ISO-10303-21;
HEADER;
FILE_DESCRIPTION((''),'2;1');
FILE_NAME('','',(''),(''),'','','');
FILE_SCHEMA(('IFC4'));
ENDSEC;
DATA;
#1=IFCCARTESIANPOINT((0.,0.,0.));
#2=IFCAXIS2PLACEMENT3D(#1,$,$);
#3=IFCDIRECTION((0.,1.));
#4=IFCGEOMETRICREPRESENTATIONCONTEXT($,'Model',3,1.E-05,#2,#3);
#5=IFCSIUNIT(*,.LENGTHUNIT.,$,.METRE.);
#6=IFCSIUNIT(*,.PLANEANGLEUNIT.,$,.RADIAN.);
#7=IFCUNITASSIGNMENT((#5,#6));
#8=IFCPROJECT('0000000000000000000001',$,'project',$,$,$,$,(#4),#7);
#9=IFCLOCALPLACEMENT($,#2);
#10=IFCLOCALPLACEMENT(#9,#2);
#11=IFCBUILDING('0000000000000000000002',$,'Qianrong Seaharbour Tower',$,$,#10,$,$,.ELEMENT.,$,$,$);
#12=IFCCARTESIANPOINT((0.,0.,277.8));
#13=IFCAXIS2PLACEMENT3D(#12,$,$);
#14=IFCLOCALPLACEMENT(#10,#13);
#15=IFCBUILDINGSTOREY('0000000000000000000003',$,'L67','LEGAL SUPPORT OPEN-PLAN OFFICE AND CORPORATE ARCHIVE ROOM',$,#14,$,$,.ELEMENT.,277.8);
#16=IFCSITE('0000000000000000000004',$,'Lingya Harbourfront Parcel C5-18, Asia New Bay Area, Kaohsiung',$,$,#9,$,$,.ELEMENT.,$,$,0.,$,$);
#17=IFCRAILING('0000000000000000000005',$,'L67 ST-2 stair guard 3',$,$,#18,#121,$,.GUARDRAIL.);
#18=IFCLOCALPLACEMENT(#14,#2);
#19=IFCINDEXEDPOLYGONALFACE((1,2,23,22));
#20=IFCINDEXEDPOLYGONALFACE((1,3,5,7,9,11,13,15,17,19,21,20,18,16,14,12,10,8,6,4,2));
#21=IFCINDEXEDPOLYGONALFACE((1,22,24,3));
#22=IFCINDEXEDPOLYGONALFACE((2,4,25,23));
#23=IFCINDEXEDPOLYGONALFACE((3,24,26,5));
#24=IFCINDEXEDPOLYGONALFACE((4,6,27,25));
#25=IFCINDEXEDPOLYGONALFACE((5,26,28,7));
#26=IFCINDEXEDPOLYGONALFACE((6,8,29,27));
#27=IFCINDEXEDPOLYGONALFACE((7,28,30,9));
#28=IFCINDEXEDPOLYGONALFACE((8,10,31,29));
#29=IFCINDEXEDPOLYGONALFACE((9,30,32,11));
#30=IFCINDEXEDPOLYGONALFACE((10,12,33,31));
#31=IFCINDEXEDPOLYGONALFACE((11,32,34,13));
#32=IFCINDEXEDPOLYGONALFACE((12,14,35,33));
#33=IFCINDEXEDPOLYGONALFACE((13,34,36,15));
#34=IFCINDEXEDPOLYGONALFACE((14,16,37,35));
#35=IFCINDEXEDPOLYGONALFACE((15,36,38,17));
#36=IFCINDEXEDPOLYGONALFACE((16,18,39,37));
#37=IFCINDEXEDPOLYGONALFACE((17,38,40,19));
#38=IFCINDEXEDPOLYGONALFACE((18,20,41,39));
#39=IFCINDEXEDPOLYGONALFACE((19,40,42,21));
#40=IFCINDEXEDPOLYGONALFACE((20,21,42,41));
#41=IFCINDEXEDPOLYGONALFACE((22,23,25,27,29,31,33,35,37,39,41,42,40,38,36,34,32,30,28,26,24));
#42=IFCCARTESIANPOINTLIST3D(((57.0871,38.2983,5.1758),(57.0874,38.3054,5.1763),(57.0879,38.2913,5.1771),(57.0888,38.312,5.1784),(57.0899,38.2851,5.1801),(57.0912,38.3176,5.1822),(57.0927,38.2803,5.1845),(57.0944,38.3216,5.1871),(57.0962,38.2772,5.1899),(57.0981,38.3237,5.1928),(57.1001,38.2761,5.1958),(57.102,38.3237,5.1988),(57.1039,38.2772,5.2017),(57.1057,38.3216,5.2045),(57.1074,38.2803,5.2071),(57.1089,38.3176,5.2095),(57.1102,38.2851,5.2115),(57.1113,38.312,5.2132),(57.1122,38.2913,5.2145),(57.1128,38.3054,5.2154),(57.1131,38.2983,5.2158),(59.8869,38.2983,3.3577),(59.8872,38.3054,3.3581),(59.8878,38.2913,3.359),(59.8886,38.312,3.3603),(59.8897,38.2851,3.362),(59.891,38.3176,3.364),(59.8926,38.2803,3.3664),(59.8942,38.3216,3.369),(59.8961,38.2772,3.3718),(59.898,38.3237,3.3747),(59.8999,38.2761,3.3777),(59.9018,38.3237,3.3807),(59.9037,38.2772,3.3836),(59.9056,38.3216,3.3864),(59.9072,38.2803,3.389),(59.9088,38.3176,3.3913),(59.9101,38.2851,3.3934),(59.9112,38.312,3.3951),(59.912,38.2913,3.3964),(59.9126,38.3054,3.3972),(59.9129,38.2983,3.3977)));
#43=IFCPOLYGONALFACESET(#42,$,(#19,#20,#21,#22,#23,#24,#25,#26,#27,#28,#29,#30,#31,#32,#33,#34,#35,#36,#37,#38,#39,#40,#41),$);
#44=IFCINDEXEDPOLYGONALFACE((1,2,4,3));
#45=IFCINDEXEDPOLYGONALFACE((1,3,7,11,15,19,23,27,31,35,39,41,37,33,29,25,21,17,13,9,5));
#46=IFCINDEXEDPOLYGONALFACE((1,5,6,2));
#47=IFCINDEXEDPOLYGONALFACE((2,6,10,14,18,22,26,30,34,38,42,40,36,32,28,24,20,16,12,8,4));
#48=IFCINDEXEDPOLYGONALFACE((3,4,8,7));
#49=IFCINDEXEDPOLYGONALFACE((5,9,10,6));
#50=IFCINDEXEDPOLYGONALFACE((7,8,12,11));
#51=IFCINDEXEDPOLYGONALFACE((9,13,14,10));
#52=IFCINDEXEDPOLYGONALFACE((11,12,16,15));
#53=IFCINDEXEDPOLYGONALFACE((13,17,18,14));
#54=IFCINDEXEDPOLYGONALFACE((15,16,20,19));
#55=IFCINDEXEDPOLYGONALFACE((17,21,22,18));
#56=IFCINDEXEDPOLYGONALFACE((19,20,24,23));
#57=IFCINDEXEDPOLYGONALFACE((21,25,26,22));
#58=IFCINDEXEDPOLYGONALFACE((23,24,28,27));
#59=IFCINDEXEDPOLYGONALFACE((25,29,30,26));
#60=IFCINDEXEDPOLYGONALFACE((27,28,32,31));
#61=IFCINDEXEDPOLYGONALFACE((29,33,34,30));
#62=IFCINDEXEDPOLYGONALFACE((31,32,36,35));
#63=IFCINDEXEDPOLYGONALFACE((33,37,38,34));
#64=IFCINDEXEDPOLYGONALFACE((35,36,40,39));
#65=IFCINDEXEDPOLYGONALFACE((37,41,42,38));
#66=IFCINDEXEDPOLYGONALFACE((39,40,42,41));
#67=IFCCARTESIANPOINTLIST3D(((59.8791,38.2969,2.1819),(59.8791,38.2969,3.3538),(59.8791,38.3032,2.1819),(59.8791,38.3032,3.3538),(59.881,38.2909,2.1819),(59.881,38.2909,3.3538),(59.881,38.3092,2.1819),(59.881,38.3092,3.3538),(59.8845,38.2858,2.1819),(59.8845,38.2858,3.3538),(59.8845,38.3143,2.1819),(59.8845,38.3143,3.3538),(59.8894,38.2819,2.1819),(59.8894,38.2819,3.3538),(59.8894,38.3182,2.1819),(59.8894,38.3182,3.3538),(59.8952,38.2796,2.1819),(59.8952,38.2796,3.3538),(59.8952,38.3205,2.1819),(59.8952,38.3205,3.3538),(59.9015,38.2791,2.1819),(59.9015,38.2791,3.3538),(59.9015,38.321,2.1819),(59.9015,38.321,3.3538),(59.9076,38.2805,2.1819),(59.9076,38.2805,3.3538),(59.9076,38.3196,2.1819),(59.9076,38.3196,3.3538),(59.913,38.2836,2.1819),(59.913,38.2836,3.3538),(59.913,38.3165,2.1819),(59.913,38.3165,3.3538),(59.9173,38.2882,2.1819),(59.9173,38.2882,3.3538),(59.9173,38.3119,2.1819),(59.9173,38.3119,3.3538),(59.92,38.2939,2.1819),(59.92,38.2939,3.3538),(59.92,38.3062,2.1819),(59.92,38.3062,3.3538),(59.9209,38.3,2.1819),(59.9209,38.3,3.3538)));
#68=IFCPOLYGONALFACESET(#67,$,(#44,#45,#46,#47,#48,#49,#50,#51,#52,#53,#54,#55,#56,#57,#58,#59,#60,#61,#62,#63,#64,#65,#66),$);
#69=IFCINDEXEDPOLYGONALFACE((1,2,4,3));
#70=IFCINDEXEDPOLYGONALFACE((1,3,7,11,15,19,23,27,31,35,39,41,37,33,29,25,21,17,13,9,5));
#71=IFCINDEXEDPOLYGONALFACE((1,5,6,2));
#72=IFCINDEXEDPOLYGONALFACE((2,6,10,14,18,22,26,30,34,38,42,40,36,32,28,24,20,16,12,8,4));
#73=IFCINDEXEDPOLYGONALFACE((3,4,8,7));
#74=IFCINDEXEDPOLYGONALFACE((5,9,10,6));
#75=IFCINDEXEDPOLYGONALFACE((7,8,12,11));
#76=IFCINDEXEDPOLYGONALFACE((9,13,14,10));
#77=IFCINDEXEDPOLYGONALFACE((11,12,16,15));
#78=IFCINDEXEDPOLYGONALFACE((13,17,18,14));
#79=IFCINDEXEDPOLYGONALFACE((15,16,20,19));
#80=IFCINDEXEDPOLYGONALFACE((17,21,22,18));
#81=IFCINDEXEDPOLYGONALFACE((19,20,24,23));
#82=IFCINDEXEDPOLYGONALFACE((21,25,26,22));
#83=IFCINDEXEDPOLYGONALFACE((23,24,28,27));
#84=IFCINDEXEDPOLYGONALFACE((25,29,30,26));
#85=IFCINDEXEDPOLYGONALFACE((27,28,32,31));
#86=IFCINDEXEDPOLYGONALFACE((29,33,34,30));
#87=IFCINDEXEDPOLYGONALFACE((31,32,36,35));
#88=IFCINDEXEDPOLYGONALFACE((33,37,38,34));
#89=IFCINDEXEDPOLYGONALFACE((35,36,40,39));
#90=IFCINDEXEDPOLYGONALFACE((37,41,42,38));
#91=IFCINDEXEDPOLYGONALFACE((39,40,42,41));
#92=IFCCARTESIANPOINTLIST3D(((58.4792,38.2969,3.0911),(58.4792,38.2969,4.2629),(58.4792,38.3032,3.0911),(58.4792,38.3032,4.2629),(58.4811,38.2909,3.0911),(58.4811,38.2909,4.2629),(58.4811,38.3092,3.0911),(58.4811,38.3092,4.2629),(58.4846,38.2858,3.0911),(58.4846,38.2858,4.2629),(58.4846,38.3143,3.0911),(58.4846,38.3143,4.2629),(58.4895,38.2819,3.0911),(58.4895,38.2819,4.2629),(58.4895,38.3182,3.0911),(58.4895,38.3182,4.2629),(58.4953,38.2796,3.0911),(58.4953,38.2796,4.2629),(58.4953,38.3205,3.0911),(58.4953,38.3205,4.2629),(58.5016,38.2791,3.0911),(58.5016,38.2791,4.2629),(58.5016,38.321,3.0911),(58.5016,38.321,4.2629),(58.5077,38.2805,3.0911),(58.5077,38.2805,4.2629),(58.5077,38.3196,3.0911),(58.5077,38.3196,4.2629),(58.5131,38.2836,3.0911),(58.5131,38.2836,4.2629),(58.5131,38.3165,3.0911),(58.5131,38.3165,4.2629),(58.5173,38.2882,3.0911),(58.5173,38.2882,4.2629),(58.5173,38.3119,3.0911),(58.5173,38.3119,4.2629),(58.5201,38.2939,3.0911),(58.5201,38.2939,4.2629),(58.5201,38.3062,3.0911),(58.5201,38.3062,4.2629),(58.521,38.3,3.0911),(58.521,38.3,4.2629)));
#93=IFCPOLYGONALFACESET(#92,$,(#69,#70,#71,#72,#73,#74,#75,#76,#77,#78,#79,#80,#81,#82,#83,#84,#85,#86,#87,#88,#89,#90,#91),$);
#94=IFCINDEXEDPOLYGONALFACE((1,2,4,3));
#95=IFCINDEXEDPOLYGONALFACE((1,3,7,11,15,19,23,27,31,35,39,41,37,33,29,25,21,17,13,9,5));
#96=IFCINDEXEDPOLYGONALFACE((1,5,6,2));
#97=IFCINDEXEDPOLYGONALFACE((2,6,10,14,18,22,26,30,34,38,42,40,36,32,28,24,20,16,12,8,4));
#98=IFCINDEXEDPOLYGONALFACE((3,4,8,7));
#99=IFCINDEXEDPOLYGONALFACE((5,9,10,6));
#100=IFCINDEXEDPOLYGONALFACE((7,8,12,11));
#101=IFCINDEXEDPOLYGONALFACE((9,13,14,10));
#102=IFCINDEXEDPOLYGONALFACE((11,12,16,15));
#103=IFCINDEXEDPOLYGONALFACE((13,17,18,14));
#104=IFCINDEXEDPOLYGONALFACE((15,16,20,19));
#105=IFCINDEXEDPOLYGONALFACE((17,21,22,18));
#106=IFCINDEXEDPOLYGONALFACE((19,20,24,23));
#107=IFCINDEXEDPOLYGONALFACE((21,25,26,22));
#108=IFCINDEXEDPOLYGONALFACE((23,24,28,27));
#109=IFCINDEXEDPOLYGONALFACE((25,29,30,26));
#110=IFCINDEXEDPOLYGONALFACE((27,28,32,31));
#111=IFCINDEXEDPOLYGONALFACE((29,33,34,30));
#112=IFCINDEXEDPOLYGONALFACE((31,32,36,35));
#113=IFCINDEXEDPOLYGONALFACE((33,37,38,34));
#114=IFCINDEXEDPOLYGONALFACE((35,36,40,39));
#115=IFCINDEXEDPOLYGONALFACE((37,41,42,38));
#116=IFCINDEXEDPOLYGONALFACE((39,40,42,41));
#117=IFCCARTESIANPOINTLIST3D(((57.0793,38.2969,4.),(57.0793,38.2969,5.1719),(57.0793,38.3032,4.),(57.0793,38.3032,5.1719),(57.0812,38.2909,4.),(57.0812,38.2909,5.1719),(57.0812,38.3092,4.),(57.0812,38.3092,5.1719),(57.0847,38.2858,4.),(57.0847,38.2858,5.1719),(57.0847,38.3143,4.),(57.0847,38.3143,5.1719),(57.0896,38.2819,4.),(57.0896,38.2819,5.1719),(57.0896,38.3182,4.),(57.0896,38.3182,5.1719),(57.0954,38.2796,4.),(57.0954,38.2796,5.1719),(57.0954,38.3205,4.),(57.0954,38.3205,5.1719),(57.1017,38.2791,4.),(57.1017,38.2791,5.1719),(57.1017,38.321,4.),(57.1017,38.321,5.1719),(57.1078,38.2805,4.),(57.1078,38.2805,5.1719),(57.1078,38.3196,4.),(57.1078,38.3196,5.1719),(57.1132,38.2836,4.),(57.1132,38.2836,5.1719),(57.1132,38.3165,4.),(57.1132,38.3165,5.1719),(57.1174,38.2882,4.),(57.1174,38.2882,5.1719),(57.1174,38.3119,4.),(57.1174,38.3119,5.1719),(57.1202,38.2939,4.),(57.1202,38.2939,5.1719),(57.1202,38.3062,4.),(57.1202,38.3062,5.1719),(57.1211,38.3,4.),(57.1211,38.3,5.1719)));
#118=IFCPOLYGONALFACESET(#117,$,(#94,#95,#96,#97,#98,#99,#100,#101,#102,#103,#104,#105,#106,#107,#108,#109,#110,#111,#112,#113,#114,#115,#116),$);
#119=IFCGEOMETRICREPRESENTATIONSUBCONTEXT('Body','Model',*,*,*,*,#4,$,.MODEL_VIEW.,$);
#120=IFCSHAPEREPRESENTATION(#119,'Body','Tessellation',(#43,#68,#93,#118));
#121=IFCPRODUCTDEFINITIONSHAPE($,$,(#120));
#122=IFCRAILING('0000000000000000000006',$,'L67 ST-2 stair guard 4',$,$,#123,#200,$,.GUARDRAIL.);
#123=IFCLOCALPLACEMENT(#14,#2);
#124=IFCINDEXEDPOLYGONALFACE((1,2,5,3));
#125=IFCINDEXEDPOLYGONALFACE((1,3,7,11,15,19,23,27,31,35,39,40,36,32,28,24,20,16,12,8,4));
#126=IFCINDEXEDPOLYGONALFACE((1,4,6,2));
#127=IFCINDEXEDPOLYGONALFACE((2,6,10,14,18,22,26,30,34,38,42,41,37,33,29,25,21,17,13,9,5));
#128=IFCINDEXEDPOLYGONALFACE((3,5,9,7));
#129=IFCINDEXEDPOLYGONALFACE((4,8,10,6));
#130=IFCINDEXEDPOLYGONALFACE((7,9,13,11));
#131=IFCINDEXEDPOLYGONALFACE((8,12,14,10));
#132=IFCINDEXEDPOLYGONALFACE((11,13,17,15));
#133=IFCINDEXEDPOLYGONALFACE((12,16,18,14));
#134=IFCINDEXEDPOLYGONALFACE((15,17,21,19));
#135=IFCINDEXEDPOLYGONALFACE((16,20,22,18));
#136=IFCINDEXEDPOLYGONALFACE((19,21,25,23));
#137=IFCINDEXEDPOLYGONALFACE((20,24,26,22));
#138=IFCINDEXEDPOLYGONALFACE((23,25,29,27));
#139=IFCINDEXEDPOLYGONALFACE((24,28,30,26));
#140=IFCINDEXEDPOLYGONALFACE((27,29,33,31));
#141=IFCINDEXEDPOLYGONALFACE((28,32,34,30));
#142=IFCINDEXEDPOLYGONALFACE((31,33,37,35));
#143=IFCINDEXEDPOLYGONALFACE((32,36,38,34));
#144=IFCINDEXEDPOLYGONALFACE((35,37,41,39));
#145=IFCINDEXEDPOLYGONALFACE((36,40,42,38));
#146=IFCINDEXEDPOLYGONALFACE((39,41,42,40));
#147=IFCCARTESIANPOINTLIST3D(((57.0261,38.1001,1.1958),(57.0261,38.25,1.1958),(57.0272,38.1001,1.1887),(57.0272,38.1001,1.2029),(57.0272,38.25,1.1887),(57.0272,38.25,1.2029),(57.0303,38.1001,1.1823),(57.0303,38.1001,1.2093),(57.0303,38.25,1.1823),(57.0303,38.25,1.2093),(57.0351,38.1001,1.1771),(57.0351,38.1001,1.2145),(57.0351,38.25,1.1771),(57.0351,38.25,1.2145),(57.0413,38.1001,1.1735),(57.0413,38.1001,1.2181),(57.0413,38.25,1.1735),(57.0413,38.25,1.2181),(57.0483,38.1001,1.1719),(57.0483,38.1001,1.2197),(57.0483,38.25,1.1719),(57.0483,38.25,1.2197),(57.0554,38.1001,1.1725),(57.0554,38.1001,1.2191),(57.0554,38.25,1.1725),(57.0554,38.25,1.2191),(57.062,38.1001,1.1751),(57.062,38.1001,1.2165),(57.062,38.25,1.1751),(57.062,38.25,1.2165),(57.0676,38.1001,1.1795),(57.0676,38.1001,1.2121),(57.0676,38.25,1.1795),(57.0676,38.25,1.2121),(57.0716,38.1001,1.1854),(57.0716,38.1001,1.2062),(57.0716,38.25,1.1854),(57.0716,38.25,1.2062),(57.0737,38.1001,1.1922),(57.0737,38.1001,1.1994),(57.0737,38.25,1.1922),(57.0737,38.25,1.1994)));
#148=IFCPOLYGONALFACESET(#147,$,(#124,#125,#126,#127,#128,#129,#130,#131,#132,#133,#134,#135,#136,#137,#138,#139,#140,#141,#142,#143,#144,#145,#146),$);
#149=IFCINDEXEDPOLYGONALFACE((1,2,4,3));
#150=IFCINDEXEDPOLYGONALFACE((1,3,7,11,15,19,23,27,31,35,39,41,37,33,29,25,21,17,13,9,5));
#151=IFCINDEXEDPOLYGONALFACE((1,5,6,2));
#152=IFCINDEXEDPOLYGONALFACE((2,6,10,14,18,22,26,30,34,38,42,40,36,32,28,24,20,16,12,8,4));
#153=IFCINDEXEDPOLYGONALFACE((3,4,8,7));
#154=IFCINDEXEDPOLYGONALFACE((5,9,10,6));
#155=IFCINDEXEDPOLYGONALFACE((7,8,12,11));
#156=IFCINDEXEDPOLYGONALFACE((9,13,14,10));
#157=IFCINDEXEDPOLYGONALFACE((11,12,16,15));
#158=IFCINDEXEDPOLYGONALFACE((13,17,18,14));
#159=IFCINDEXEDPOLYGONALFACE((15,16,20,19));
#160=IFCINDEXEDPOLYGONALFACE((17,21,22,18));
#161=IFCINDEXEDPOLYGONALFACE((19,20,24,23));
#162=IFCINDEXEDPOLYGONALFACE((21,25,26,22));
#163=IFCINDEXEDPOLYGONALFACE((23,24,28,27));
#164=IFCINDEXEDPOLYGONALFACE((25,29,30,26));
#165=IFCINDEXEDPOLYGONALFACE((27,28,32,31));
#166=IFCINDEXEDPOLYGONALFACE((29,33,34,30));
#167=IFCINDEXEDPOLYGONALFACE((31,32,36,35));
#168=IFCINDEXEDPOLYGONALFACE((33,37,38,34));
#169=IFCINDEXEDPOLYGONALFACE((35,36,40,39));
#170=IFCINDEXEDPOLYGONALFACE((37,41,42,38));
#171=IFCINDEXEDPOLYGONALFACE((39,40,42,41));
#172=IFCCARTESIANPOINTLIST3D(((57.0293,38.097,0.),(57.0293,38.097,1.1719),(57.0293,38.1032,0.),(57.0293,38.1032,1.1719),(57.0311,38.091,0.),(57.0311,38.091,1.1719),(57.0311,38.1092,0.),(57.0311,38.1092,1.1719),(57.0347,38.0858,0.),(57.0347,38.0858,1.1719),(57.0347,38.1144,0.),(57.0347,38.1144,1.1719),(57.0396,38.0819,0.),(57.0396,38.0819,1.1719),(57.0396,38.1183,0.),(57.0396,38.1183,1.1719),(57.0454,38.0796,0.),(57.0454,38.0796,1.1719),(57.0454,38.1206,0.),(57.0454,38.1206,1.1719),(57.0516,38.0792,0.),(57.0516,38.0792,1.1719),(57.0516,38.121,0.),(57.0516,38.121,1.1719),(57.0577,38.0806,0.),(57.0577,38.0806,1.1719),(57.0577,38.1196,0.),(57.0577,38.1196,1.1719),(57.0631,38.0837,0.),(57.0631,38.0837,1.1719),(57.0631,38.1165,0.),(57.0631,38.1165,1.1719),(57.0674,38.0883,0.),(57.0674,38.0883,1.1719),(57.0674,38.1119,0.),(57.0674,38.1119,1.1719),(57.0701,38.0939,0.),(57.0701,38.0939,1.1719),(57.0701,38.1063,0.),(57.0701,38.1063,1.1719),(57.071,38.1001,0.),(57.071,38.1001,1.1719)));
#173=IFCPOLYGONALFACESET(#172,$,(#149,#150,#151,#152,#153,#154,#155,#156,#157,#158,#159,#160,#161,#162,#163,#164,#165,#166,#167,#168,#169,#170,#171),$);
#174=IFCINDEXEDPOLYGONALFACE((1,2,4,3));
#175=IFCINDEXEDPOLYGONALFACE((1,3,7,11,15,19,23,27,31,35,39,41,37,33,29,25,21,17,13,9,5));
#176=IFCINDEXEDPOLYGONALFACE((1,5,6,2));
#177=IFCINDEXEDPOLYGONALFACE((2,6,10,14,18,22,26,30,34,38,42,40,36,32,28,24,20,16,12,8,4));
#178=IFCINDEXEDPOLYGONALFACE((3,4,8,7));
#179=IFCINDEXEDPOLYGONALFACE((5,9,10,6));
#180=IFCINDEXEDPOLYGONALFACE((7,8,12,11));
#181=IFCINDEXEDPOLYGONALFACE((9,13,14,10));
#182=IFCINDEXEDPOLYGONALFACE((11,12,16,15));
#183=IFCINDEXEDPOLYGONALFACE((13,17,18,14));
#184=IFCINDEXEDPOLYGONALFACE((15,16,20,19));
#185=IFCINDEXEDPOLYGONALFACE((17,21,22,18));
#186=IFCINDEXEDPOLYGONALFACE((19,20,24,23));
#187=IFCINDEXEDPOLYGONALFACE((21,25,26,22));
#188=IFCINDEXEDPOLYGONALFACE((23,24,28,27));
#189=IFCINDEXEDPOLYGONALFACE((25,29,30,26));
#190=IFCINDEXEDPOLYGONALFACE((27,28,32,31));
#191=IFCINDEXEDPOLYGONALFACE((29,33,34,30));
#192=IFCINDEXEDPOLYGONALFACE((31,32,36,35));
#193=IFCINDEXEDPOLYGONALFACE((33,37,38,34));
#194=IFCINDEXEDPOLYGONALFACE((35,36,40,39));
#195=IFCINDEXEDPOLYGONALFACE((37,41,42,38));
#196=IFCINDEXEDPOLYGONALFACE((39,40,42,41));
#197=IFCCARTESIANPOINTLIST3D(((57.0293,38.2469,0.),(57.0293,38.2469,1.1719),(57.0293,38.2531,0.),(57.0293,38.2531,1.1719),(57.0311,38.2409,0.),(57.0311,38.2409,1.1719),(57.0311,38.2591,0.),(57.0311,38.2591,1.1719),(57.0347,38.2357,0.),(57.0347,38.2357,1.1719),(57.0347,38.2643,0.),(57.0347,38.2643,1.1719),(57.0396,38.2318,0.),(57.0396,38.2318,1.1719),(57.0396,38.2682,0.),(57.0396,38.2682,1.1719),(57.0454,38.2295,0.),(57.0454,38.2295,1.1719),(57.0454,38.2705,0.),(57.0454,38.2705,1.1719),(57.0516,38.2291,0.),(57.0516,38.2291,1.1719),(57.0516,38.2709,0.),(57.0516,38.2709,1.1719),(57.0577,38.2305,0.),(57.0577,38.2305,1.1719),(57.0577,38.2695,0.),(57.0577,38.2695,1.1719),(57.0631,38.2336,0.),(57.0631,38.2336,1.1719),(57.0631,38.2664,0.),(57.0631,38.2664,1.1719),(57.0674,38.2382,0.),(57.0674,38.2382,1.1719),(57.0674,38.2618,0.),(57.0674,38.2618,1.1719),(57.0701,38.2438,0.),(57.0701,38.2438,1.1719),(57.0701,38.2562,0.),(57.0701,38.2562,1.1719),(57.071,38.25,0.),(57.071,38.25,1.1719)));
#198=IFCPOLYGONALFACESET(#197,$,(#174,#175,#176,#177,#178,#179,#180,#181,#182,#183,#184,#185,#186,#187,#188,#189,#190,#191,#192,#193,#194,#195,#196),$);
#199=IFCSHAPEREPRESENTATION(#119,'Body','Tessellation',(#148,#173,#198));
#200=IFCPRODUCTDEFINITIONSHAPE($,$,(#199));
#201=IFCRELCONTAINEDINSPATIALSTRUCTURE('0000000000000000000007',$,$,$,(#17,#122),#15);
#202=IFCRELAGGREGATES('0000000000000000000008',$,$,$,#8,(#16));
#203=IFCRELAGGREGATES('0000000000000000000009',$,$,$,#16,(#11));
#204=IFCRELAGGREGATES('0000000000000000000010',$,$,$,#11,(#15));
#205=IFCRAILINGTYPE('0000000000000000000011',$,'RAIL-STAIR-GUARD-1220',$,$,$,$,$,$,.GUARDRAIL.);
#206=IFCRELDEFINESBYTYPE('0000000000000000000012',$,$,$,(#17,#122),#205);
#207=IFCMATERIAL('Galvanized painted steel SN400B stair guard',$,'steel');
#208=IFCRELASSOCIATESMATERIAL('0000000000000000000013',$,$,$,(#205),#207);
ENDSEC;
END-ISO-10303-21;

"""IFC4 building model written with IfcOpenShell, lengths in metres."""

from ifc_helpers import new_model, si_unit, direction, frame, origin, origin_2d, place, context, subcontext, project, spatial, circle, extrude, material, type_object, element, save


model = new_model("IFC4")

# Units and contexts
model_context = context("Model", 3, precision=1e-05, world=origin(), true_north=direction((0.0, 1.0)))
body_context = subcontext(model_context, "Body", "Model", "MODEL_VIEW")
ifc_project = project(units=[si_unit("LENGTHUNIT", "METRE"), si_unit("PLANEANGLEUNIT", "RADIAN")], contexts=[model_context])

# Site, building, storey
site_placement = place(None, origin())
site = spatial("IfcSite", under=ifc_project, at=site_placement, Name="Lingya Harbourfront Parcel C5-18, Asia New Bay Area, Kaohsiung", CompositionType="ELEMENT", RefElevation=0.0)
building_placement = place(site_placement, origin())
building = spatial("IfcBuilding", under=site, at=building_placement, Name="Qianrong Seaharbour Tower", CompositionType="ELEMENT")
storey_placement = place(building_placement, frame((0.0, 0.0, 277.8)))
storey = spatial("IfcBuildingStorey", under=building, at=storey_placement, Name="L67", Description="LEGAL SUPPORT OPEN-PLAN OFFICE AND CORPORATE ARCHIVE ROOM", CompositionType="ELEMENT", Elevation=277.8)

# Railings
ifc_material_1 = material(Name="Galvanized painted steel SN400B stair guard", Category="steel")
railing_type_1 = type_object("IfcRailingType", Name="RAIL-STAIR-GUARD-1220", PredefinedType="GUARDRAIL", material=ifc_material_1)
railing_1_placement = place(storey_placement, frame((59.8999, 38.3, 2.1819)))
element("IfcRailing", 1, at=railing_1_placement, inside=storey, type_object=railing_type_1, Name="L67 ST-2 stair guard 3", PredefinedType="GUARDRAIL", context=body_context, shape_type="SweptSolid", body=[
    extrude(circle(Radius=0.0239, at=origin_2d()), frame((0.0, 0.0, 1.1958), z_axis=(-0.838684, 0.0, 0.544618), x_axis=(0.0, -1.0, 0.0)), (0.0, 0.0, 1.0), 3.3384),
    extrude(circle(Radius=0.021, at=origin_2d()), origin(), (0.0, 0.0, 1.0), 1.1719),
    extrude(circle(Radius=0.021, at=origin_2d()), frame((-1.3999, 0.0, 0.9092)), (0.0, 0.0, 1.0), 1.1719),
    extrude(circle(Radius=0.021, at=origin_2d()), frame((-2.7998, 0.0, 1.8181)), (0.0, 0.0, 1.0), 1.1719),
])
railing_2_placement = place(storey_placement, frame((57.05, 38.1001, 0.0)))
element("IfcRailing", 2, at=railing_2_placement, inside=storey, type_object=railing_type_1, Name="L67 ST-2 stair guard 4", PredefinedType="GUARDRAIL", context=body_context, shape_type="SweptSolid", body=[
    extrude(circle(Radius=0.0239, at=origin_2d()), frame((0.0, 0.0, 1.1958), z_axis=(0.0, 1.0, 0.0), x_axis=(-1.0, 0.0, 0.0)), (0.0, 0.0, 1.0), 0.1499),
    extrude(circle(Radius=0.021, at=origin_2d()), origin(), (0.0, 0.0, 1.0), 1.1719),
    extrude(circle(Radius=0.021, at=origin_2d()), frame((0.0, 0.1499, 0.0)), (0.0, 0.0, 1.0), 1.1719),
])

save(model, "model.ifc")
